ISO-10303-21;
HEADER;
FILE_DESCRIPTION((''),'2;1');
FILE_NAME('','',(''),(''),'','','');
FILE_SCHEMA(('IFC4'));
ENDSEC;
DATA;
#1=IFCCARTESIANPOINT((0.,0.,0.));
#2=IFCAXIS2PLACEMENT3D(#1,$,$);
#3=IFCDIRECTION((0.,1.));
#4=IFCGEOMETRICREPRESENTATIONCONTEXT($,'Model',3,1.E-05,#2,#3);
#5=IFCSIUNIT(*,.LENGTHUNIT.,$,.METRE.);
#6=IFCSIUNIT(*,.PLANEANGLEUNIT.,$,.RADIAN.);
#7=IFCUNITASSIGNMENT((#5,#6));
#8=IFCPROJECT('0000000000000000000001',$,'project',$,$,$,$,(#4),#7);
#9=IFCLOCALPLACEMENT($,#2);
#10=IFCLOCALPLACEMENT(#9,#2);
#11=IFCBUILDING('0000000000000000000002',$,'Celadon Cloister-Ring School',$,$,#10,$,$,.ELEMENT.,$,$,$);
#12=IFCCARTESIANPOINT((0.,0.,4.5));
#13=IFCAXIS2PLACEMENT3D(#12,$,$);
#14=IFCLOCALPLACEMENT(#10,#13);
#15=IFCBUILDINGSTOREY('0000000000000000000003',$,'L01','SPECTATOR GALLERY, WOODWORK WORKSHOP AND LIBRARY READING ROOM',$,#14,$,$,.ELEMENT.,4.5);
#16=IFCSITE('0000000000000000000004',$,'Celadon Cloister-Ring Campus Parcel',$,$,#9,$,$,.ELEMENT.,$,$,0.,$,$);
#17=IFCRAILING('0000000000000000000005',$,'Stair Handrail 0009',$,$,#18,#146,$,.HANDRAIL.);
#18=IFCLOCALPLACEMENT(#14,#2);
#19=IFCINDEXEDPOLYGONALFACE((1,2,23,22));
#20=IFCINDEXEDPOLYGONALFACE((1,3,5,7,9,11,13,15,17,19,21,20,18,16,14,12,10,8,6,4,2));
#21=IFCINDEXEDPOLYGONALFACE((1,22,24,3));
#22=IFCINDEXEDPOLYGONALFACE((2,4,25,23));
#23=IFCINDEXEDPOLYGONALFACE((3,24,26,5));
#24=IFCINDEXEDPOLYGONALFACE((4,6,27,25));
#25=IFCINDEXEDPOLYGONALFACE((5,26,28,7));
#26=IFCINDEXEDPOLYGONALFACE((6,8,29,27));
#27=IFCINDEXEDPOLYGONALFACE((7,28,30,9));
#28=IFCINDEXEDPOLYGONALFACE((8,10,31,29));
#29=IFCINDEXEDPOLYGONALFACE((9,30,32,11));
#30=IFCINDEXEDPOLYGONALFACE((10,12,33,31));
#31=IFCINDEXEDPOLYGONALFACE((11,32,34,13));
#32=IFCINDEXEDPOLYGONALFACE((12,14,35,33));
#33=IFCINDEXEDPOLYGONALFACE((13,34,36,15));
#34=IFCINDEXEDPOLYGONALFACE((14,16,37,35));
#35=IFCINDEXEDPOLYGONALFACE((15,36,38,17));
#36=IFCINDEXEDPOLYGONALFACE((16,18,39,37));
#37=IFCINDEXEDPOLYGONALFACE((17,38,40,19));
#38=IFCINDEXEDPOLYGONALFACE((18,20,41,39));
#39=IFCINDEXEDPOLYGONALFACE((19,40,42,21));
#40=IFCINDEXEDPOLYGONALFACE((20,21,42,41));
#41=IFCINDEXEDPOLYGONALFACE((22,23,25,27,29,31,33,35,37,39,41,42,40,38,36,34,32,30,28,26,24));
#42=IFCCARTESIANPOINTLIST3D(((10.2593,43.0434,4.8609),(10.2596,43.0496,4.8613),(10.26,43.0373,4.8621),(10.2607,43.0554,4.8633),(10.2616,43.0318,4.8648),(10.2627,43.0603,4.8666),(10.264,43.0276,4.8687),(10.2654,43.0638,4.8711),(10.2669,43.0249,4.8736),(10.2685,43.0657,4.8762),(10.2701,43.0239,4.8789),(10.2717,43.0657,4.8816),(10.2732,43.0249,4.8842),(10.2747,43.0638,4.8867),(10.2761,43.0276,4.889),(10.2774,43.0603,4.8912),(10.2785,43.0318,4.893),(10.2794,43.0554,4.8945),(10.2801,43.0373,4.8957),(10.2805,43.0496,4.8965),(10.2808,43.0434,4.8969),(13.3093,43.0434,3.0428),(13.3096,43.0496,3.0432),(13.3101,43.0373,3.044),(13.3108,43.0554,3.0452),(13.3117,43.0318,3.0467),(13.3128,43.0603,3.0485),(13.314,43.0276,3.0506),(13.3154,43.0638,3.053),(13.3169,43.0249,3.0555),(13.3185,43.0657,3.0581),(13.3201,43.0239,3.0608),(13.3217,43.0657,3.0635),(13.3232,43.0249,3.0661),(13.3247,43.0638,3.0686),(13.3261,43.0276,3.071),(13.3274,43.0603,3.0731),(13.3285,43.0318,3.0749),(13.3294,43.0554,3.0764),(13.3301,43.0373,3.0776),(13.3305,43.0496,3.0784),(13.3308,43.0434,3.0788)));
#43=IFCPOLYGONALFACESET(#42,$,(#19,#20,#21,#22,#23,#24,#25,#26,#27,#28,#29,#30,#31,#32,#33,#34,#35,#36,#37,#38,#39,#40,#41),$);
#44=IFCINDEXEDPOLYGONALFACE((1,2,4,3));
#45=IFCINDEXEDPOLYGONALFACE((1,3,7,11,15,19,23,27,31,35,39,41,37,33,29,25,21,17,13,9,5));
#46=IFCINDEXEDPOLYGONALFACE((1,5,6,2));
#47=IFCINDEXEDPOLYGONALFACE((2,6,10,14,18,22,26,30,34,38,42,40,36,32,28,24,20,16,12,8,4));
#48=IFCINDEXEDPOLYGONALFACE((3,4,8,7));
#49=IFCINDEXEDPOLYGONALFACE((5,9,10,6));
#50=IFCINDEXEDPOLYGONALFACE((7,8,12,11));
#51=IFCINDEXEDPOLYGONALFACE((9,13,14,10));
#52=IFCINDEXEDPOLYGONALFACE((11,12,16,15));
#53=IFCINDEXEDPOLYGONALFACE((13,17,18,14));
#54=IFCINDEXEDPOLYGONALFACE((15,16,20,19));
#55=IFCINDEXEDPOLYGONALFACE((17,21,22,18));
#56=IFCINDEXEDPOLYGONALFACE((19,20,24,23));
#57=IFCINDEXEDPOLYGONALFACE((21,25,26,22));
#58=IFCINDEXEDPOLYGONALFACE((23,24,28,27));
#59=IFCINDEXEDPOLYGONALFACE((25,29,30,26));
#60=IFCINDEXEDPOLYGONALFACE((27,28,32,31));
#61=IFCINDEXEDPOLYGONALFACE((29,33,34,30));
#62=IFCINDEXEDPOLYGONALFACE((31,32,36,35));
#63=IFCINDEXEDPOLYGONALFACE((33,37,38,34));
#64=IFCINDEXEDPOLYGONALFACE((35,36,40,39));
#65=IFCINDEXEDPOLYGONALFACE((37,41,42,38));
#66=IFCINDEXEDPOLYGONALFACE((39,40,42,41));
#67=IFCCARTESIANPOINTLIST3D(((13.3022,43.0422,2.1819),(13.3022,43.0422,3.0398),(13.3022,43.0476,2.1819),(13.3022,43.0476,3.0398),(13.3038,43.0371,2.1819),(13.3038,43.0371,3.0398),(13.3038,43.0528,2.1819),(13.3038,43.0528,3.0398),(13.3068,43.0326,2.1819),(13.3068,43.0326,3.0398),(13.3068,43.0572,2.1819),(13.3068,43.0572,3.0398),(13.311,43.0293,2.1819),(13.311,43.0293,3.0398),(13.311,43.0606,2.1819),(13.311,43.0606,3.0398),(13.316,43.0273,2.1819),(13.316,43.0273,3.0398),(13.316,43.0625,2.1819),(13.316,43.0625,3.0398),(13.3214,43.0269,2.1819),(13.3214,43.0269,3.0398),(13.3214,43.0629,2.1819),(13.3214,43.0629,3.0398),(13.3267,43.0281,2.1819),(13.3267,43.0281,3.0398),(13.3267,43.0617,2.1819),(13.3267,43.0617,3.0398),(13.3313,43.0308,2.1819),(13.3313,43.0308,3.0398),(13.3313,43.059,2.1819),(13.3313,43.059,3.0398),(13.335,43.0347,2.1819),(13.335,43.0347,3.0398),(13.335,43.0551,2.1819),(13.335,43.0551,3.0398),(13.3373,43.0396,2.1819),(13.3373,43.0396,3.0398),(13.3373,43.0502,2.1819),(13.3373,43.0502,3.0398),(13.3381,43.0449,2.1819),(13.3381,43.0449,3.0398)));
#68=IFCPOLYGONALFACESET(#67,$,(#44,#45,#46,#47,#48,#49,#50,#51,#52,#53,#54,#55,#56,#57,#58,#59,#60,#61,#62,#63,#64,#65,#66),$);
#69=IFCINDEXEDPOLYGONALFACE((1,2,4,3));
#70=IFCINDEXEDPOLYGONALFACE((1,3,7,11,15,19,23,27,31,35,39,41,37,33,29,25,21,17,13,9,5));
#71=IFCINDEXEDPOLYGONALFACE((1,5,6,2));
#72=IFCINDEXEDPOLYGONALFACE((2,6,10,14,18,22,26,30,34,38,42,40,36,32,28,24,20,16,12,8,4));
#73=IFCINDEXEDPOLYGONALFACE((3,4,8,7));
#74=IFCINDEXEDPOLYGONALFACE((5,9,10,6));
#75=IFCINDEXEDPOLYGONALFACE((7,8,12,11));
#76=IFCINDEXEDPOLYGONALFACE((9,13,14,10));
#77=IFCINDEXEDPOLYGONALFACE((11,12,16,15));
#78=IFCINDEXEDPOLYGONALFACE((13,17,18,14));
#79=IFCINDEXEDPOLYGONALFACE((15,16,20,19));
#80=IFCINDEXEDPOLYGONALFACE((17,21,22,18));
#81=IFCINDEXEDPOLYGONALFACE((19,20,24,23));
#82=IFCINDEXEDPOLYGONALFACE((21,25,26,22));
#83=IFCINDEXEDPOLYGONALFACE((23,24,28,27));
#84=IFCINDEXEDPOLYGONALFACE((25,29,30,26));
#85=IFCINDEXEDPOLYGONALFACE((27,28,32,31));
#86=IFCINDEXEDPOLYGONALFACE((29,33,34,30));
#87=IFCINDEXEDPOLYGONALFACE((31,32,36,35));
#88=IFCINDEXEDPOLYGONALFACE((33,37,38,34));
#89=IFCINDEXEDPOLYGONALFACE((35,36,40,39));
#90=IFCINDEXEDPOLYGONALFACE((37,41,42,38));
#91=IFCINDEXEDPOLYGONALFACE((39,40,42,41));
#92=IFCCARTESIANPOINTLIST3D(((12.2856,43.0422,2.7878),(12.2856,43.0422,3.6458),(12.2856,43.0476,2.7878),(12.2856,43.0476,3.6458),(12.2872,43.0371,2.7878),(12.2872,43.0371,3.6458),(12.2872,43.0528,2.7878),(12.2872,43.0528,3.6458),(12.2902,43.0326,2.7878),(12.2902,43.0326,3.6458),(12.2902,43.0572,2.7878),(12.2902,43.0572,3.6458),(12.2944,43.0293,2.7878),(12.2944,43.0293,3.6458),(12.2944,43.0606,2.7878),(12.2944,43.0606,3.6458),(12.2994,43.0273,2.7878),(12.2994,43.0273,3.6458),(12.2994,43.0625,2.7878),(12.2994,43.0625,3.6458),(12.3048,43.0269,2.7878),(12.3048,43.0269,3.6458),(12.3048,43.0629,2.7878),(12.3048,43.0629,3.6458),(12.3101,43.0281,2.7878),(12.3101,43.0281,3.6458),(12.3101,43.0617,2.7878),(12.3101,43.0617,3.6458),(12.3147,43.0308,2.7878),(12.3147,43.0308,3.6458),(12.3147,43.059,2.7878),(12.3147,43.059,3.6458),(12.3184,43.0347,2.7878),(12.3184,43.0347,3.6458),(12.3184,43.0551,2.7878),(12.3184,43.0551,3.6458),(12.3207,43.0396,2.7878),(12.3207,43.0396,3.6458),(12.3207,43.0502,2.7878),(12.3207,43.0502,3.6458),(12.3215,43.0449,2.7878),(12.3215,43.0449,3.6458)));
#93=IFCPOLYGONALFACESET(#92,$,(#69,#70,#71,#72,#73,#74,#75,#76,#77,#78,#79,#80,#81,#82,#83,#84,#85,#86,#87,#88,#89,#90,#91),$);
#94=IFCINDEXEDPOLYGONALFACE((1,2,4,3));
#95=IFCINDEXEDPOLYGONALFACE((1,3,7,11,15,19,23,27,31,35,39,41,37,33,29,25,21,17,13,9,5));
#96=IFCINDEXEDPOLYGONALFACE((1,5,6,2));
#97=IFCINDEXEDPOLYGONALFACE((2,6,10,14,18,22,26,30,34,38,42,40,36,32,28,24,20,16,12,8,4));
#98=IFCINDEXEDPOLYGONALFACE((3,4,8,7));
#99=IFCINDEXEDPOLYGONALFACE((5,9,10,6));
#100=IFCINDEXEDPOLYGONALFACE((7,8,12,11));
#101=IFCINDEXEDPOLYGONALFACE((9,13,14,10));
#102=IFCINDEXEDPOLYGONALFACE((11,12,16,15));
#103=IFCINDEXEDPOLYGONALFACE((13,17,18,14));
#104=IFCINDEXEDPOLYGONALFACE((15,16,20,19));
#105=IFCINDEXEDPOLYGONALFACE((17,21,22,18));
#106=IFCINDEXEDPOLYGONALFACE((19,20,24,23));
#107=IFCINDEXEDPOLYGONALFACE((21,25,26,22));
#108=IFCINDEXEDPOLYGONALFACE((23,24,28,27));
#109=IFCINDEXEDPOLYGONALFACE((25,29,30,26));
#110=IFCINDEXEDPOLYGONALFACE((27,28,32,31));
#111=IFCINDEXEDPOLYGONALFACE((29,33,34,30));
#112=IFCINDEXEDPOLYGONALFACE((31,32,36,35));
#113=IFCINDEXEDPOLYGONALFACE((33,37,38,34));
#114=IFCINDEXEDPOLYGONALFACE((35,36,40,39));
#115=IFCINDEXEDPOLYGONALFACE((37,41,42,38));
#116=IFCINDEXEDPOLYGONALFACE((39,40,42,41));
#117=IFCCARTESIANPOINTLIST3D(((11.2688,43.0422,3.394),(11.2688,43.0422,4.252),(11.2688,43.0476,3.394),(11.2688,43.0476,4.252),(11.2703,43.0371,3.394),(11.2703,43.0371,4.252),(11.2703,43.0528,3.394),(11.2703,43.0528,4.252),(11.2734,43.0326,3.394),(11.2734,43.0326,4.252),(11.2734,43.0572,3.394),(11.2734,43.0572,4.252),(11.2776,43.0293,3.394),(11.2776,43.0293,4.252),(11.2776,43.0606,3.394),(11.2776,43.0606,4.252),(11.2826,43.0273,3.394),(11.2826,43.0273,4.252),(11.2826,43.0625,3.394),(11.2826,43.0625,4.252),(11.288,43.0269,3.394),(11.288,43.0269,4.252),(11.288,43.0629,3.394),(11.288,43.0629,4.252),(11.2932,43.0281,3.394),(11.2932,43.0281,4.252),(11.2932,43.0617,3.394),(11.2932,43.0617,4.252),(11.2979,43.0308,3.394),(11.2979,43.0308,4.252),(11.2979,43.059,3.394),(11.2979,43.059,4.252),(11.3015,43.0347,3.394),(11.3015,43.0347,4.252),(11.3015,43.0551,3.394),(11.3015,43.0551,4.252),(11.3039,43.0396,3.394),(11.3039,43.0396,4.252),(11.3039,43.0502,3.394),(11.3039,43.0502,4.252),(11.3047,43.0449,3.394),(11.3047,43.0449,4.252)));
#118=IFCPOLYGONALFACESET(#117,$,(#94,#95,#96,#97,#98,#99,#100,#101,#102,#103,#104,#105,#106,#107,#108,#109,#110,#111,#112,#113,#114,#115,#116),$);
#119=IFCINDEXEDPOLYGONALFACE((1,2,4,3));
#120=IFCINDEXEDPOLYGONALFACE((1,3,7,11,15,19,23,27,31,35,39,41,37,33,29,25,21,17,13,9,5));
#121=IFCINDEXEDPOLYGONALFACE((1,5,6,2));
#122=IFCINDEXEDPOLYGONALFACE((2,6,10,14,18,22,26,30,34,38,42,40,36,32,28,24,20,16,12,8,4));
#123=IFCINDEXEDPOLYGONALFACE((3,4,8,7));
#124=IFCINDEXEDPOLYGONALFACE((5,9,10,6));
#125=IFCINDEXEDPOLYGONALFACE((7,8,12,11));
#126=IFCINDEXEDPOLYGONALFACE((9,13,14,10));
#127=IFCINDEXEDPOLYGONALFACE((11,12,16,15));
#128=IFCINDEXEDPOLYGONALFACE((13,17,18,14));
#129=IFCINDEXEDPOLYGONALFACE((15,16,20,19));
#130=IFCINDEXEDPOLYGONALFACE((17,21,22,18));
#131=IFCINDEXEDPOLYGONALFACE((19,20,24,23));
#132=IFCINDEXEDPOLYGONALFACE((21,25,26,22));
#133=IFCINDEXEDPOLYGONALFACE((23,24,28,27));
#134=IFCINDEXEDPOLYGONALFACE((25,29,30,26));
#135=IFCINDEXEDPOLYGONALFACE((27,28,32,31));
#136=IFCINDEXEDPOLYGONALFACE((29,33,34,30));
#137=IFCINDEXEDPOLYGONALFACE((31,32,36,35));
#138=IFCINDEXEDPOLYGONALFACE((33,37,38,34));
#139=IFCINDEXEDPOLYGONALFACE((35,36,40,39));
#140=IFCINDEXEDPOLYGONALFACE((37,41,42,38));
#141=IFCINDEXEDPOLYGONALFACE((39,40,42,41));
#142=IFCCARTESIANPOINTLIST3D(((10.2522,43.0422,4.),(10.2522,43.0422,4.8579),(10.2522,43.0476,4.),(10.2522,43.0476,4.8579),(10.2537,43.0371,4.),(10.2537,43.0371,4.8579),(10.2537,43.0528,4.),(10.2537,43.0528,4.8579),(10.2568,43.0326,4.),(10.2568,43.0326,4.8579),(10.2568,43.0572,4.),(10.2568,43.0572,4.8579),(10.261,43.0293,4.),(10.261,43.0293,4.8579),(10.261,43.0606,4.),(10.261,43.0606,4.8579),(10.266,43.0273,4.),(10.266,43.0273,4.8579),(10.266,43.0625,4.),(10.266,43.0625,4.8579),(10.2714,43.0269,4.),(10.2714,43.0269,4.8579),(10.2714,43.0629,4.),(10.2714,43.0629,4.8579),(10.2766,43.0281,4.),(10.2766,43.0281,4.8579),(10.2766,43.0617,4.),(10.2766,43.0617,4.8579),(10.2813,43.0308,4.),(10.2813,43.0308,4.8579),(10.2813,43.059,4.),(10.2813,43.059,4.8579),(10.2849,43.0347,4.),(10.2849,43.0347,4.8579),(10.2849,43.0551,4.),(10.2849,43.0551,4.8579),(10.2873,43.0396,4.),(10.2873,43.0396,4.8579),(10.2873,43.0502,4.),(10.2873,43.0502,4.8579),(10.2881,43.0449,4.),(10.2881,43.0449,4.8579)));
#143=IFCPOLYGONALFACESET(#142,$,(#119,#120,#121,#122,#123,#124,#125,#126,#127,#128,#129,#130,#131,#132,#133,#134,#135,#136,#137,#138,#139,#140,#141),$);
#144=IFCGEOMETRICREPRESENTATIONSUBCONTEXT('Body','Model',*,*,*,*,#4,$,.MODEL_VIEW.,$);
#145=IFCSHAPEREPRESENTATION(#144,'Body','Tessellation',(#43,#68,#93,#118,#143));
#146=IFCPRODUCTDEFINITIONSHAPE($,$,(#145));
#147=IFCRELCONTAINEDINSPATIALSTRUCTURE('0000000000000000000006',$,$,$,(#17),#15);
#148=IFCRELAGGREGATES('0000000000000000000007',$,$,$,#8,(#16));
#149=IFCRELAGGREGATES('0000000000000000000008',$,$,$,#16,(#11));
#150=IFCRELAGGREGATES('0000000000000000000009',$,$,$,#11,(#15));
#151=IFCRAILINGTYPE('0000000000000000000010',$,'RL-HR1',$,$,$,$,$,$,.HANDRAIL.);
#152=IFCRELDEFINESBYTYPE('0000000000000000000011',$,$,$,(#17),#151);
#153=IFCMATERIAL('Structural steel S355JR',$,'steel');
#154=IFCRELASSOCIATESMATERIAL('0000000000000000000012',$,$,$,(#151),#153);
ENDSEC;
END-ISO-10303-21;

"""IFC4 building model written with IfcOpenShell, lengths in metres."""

from ifc_helpers import new_model, si_unit, direction, frame, origin, origin_2d, place, context, subcontext, project, spatial, circle, extrude, material, type_object, element, save


model = new_model("IFC4")

# Units and contexts
model_context = context("Model", 3, precision=1e-05, world=origin(), true_north=direction((0.0, 1.0)))
body_context = subcontext(model_context, "Body", "Model", "MODEL_VIEW")
ifc_project = project(units=[si_unit("LENGTHUNIT", "METRE"), si_unit("PLANEANGLEUNIT", "RADIAN")], contexts=[model_context])

# Site, building, storey
site_placement = place(None, origin())
site = spatial("IfcSite", under=ifc_project, at=site_placement, Name="Celadon Cloister-Ring Campus Parcel", CompositionType="ELEMENT", RefElevation=0.0)
building_placement = place(site_placement, origin())
building = spatial("IfcBuilding", under=site, at=building_placement, Name="Celadon Cloister-Ring School", CompositionType="ELEMENT")
storey_placement = place(building_placement, frame((0.0, 0.0, 4.5)))
storey = spatial("IfcBuildingStorey", under=building, at=storey_placement, Name="L01", Description="SPECTATOR GALLERY, WOODWORK WORKSHOP AND LIBRARY READING ROOM", CompositionType="ELEMENT", Elevation=4.5)

# Railing
ifc_material_1 = material(Name="Structural steel S355JR", Category="steel")
railing_type_1 = type_object("IfcRailingType", Name="RL-HR1", PredefinedType="HANDRAIL", material=ifc_material_1)
railing_1_placement = place(storey_placement, frame((13.3201, 43.0449, 2.1819)))
element("IfcRailing", 1, at=railing_1_placement, inside=storey, type_object=railing_type_1, Name="Stair Handrail 0009", PredefinedType="HANDRAIL", context=body_context, shape_type="SweptSolid", body=[
    extrude(circle(Radius=0.021, at=origin_2d()), frame((0.0, 0.0, 0.8789), z_axis=(-0.85897, 0.0, 0.512026), x_axis=(0.0, -1.0, 0.0)), (0.0, 0.0, 1.0), 3.5508),
    extrude(circle(Radius=0.0181, at=origin_2d()), origin(), (0.0, 0.0, 1.0), 0.8579),
    extrude(circle(Radius=0.0181, at=origin_2d()), frame((-1.0166, 0.0, 0.606)), (0.0, 0.0, 1.0), 0.8579),
    extrude(circle(Radius=0.0181, at=origin_2d()), frame((-2.0334, 0.0, 1.2122)), (0.0, 0.0, 1.0), 0.8579),
    extrude(circle(Radius=0.0181, at=origin_2d()), frame((-3.05, 0.0, 1.8181)), (0.0, 0.0, 1.0), 0.8579),
])

save(model, "model.ifc")
